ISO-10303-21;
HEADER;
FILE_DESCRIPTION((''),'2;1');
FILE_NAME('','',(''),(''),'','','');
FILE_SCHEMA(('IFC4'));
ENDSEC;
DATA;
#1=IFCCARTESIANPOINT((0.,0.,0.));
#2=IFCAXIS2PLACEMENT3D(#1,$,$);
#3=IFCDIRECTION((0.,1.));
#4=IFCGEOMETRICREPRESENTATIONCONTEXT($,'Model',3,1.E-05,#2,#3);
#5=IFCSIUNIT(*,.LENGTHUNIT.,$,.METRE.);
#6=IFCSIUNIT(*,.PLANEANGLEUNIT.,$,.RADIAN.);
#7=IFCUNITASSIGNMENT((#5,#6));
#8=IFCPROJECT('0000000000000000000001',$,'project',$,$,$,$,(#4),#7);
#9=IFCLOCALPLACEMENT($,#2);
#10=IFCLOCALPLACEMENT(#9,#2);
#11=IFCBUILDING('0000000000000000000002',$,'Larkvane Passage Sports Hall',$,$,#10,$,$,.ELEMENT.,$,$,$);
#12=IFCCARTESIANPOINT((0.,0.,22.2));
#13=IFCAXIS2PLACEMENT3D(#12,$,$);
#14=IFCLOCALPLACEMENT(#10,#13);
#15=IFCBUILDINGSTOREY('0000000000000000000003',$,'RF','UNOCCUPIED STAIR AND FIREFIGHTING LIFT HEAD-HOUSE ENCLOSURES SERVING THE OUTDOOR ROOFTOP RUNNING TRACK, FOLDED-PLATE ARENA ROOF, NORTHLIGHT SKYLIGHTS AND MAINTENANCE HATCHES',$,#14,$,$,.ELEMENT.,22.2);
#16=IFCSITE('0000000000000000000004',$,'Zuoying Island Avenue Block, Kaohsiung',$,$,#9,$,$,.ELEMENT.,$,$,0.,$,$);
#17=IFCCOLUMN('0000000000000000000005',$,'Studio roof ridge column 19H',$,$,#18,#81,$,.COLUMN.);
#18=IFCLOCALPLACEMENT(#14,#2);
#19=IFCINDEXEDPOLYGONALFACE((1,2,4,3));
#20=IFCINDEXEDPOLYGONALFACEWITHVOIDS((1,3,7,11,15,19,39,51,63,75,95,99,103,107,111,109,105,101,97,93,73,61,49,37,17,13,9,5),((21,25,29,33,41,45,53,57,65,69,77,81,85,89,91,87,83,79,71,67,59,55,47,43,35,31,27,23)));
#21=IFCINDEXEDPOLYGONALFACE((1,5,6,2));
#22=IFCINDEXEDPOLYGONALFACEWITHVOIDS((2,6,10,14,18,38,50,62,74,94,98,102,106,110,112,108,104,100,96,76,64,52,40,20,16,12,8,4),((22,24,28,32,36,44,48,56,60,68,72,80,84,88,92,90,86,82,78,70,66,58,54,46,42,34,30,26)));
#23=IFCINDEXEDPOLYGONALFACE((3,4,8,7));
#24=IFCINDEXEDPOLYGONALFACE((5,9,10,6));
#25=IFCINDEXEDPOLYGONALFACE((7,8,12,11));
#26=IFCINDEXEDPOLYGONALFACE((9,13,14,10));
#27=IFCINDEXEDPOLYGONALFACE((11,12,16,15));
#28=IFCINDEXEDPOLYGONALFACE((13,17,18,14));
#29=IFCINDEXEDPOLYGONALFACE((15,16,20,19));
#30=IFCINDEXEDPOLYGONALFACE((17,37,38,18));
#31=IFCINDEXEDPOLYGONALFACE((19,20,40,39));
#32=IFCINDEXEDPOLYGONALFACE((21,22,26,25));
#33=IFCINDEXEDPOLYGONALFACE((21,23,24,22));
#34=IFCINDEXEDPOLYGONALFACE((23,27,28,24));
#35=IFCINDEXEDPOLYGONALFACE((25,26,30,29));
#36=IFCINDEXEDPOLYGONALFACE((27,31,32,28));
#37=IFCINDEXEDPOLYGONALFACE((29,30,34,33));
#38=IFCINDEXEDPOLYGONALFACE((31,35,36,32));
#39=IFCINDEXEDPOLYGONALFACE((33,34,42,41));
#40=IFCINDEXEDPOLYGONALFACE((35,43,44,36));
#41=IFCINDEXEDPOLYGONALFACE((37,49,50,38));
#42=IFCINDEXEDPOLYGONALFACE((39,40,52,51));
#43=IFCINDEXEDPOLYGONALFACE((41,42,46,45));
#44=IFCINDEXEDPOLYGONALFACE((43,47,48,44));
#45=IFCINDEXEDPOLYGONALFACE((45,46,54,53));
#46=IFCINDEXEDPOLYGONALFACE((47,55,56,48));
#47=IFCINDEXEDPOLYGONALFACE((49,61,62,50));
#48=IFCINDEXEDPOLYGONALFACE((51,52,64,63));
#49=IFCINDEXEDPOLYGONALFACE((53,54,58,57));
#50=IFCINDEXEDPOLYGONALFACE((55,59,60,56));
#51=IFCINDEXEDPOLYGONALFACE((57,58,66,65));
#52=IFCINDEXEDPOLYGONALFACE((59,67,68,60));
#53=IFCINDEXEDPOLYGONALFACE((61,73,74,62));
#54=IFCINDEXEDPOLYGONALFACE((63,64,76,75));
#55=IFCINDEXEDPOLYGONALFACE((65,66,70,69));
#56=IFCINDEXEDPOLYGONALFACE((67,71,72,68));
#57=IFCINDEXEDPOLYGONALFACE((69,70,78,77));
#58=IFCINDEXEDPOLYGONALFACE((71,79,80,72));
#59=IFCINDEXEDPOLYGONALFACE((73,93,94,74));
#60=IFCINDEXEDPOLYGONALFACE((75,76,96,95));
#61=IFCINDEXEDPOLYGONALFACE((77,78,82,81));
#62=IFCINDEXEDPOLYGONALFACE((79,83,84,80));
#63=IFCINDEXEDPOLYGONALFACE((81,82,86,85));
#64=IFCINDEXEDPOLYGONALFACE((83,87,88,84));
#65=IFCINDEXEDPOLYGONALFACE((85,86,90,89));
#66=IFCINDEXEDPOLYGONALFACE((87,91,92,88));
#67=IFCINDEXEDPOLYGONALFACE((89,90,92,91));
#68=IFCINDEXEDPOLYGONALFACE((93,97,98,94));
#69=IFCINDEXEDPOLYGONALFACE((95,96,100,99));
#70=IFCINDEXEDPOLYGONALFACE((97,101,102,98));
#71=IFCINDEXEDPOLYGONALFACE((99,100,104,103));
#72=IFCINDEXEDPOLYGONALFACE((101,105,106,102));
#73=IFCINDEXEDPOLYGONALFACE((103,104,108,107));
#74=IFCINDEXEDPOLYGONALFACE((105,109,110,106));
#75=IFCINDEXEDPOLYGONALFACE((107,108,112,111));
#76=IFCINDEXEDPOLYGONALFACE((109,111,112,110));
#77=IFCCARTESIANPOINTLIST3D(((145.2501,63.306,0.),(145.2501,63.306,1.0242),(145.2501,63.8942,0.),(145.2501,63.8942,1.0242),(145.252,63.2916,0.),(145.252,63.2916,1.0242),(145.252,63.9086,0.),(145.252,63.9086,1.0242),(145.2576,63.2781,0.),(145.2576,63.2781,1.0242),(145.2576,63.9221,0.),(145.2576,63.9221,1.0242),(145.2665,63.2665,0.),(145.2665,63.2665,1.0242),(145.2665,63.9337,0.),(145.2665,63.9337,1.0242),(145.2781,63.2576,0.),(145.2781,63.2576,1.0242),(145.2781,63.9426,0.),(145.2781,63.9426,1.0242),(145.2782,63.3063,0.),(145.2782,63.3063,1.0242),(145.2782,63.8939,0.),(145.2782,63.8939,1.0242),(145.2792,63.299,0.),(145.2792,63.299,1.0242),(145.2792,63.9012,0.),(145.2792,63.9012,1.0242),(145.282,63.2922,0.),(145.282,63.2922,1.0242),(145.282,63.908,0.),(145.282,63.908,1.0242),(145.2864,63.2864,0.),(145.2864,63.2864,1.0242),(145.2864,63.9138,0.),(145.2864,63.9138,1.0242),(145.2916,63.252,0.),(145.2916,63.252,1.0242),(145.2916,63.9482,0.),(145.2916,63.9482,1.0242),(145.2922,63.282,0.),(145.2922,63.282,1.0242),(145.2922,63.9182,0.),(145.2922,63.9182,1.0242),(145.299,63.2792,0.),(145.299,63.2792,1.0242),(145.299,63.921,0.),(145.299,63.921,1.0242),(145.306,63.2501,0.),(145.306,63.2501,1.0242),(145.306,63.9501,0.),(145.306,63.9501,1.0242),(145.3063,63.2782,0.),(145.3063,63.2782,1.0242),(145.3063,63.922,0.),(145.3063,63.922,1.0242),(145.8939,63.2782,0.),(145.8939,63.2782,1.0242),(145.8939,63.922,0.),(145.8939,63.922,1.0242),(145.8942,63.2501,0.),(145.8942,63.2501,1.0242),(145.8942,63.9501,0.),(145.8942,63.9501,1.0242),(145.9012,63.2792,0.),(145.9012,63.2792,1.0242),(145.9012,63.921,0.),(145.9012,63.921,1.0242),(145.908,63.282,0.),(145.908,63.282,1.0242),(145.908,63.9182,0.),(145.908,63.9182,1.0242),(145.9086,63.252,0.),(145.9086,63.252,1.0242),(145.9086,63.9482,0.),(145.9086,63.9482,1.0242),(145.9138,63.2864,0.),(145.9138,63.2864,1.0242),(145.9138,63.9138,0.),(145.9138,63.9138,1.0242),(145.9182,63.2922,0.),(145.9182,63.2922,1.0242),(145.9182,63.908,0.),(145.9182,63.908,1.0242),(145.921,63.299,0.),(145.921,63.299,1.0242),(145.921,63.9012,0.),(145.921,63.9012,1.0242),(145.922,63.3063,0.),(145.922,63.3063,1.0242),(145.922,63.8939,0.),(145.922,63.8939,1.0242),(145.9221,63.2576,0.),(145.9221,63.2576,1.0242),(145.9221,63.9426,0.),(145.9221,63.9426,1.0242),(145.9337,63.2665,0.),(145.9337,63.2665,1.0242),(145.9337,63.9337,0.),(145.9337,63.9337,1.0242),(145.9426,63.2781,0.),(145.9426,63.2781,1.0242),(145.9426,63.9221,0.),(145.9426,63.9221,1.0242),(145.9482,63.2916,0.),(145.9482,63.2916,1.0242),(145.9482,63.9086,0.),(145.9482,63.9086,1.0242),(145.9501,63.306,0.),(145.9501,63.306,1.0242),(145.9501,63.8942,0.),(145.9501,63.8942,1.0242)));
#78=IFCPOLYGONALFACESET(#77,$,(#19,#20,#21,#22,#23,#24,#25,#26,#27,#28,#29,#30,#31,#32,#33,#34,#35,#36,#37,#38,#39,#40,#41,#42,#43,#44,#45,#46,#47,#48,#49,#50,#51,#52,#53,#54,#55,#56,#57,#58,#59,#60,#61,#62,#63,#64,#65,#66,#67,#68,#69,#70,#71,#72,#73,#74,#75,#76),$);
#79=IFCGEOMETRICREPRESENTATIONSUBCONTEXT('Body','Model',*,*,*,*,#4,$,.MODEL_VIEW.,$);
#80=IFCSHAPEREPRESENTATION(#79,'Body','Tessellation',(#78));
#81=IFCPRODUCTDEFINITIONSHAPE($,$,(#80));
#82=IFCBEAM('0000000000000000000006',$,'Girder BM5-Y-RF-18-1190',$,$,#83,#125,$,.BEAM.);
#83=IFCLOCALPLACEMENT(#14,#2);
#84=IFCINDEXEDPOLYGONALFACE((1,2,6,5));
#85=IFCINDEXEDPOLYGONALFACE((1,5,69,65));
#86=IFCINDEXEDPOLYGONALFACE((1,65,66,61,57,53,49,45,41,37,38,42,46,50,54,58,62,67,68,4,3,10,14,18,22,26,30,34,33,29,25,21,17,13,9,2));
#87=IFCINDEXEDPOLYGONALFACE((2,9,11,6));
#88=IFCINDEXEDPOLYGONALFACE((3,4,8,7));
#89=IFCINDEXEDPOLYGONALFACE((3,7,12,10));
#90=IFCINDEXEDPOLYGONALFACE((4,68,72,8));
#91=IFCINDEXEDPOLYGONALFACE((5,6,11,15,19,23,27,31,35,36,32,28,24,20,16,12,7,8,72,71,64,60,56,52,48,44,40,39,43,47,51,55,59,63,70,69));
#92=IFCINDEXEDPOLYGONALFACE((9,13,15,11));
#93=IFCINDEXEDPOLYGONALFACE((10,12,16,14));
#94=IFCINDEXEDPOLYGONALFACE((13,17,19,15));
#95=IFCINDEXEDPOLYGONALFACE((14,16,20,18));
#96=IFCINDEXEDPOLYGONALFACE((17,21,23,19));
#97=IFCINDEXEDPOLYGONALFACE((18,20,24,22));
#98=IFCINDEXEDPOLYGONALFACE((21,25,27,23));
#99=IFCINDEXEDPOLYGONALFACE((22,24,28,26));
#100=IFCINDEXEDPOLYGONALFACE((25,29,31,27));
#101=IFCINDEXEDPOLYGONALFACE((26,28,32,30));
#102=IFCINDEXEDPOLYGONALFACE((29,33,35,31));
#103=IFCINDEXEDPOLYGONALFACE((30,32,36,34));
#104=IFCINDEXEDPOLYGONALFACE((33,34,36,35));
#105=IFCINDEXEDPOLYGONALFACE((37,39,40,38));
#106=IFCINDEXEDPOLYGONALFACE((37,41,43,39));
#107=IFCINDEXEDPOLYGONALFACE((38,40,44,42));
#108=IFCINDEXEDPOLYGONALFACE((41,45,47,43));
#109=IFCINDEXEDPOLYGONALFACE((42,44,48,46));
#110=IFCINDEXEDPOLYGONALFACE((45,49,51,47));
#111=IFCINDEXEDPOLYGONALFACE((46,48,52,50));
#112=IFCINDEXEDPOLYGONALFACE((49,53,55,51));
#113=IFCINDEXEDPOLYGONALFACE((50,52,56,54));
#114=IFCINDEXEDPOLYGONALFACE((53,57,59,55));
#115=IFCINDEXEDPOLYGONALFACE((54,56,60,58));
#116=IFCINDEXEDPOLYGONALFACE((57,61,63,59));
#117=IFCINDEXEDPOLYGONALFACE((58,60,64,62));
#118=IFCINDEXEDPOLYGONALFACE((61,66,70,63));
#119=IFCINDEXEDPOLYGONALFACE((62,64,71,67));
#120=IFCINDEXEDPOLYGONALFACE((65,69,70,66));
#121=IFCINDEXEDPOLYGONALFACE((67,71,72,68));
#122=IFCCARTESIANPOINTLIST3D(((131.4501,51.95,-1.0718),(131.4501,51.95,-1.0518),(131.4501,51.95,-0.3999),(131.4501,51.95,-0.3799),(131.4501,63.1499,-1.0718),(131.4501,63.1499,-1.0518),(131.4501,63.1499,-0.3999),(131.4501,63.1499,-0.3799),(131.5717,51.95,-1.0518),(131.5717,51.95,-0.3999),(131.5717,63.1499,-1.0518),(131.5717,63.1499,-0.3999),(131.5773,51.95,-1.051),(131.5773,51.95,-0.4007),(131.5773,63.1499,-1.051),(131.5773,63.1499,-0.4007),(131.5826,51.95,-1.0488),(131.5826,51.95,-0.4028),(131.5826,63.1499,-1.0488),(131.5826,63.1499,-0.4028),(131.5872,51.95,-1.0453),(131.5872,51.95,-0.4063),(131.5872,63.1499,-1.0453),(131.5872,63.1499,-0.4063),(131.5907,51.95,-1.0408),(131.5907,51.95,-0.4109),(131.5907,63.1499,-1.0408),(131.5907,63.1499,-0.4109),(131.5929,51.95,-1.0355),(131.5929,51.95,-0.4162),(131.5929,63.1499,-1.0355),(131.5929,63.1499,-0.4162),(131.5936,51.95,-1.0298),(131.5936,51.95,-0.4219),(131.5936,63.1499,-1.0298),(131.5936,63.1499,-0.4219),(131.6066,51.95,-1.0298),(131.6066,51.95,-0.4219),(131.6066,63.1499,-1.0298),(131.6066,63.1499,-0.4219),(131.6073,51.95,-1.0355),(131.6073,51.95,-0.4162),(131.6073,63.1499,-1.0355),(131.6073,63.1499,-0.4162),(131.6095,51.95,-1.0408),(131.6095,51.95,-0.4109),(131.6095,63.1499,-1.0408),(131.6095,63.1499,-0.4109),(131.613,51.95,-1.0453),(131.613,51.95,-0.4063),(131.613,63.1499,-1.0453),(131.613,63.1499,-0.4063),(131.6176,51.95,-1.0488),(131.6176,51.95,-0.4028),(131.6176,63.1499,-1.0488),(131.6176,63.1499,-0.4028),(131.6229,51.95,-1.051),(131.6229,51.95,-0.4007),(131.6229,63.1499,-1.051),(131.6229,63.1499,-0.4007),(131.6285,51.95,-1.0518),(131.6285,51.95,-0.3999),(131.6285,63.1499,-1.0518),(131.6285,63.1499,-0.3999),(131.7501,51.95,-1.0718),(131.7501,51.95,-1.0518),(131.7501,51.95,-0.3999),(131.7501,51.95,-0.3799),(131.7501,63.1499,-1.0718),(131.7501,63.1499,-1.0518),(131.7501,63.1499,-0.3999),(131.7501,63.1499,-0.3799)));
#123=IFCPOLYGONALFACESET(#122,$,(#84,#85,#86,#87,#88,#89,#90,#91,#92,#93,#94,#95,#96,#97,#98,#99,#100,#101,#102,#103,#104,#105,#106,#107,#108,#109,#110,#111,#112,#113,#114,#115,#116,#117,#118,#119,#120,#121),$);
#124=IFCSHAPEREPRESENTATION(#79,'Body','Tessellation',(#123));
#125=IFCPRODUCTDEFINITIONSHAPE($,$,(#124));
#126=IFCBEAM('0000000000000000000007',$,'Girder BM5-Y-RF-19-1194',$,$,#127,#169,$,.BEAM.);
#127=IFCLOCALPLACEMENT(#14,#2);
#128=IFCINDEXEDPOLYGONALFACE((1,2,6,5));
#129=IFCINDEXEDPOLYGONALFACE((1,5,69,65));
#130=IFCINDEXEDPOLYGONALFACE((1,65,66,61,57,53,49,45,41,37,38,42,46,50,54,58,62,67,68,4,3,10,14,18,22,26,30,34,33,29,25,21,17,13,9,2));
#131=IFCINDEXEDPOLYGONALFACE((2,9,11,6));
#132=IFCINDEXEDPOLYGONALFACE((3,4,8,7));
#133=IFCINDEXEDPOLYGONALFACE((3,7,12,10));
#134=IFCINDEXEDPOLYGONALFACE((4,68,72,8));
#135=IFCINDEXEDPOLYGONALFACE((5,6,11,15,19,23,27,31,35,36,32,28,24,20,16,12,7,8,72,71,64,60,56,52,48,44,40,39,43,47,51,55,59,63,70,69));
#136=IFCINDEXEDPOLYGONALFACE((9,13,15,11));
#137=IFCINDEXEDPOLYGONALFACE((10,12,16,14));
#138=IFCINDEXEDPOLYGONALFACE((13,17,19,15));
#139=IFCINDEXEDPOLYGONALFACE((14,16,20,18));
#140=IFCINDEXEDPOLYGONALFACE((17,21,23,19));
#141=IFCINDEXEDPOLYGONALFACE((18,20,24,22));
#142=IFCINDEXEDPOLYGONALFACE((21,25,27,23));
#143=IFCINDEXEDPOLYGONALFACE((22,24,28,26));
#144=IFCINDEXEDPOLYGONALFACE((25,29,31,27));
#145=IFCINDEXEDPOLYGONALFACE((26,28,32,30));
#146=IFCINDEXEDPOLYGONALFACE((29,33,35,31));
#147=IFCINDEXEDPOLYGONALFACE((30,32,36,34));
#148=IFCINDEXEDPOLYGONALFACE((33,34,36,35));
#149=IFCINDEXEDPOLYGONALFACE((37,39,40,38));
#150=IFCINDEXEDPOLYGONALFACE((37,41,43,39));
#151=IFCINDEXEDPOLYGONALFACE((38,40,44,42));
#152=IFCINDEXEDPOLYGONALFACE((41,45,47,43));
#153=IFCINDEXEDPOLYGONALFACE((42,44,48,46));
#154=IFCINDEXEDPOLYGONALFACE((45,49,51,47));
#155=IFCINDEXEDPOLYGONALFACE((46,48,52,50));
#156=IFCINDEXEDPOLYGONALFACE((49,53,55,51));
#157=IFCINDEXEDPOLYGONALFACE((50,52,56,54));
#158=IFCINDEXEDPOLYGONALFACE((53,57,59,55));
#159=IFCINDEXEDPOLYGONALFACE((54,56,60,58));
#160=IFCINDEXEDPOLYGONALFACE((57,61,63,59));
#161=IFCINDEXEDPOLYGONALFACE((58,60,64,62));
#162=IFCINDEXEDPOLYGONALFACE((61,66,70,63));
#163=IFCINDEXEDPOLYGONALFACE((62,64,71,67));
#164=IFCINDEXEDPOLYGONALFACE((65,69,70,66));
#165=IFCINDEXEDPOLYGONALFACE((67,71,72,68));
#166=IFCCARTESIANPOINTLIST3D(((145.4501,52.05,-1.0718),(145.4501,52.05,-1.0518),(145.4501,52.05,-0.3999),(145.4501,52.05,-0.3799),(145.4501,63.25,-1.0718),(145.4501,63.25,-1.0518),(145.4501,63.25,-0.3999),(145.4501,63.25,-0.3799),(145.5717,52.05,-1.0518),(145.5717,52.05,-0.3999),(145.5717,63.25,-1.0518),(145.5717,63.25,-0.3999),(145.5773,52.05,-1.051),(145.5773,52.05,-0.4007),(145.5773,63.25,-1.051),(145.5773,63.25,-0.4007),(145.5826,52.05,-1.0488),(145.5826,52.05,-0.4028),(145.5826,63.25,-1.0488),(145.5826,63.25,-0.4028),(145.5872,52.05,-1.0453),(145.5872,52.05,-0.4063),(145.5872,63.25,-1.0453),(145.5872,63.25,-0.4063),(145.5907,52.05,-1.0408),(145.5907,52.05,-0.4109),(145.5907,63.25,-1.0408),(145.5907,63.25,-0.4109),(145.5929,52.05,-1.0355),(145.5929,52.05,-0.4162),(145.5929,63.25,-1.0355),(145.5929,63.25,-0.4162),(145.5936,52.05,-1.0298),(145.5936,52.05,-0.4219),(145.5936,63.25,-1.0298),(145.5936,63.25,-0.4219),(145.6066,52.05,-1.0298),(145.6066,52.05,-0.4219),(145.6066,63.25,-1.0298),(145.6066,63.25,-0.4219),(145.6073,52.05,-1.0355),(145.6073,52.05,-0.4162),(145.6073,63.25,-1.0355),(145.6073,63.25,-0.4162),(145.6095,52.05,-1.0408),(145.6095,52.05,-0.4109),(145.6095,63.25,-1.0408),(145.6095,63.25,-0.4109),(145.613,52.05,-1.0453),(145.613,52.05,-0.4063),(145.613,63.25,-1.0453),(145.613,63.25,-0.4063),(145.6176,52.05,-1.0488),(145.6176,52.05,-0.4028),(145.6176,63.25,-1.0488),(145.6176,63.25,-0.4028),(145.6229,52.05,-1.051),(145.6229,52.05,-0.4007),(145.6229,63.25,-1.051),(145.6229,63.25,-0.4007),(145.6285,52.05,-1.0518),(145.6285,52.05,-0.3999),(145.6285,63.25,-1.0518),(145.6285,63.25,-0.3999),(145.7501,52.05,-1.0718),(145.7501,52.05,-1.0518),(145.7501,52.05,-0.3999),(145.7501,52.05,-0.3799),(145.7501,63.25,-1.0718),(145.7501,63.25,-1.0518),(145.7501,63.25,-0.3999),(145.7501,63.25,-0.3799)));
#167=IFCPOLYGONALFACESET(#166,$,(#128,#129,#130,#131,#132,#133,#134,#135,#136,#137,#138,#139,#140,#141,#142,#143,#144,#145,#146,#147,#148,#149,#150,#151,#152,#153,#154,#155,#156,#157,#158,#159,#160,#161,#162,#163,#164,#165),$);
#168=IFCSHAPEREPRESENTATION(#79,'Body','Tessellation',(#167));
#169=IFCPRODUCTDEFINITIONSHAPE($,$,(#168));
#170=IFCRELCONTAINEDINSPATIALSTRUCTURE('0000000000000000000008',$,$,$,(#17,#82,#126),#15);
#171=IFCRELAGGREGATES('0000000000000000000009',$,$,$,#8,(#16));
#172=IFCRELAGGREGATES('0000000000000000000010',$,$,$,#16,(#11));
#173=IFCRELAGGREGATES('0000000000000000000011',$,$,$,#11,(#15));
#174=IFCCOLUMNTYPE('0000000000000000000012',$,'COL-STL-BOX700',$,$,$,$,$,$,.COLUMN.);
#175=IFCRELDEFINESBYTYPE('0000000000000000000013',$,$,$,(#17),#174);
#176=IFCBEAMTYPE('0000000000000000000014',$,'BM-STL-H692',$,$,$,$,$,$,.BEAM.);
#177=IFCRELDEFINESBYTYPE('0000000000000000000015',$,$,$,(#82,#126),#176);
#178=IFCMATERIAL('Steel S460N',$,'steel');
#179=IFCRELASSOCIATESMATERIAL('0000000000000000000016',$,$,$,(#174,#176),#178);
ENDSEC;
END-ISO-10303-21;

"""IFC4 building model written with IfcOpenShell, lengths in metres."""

from ifc_helpers import new_model, si_unit, direction, frame, origin, origin_2d, place, context, subcontext, project, spatial, hollow_rectangle, i_section, extrude, material, material_profile, profile_set, type_object, element, save


model = new_model("IFC4")

# Units and contexts
model_context = context("Model", 3, precision=1e-05, world=origin(), true_north=direction((0.0, 1.0)))
body_context = subcontext(model_context, "Body", "Model", "MODEL_VIEW")
ifc_project = project(units=[si_unit("LENGTHUNIT", "METRE"), si_unit("PLANEANGLEUNIT", "RADIAN")], contexts=[model_context])

# Site, building, storey
site_placement = place(None, origin())
site = spatial("IfcSite", under=ifc_project, at=site_placement, Name="Zuoying Island Avenue Block, Kaohsiung", CompositionType="ELEMENT", RefElevation=0.0)
building_placement = place(site_placement, origin())
building = spatial("IfcBuilding", under=site, at=building_placement, Name="Larkvane Passage Sports Hall", CompositionType="ELEMENT")
storey_placement = place(building_placement, frame((0.0, 0.0, 22.2)))
storey = spatial("IfcBuildingStorey", under=building, at=storey_placement, Name="RF", Description="UNOCCUPIED STAIR AND FIREFIGHTING LIFT HEAD-HOUSE ENCLOSURES SERVING THE OUTDOOR ROOFTOP RUNNING TRACK, FOLDED-PLATE ARENA ROOF, NORTHLIGHT SKYLIGHTS AND MAINTENANCE HATCHES", CompositionType="ELEMENT", Elevation=22.2)

# Column
ifc_material_1 = material(Name="Steel S460N", Category="steel")
ifc_material_profile_1 = material_profile(ifc_material_1, hollow_rectangle(XDim=0.7, YDim=0.7, WallThickness=0.0281, InnerFilletRadius=0.0281, OuterFilletRadius=0.0559, at=origin_2d()), Name="BOX-700x700x28")
ifc_profile_set_1 = profile_set([ifc_material_profile_1], Name="Steel S460N")
column_type = type_object("IfcColumnType", Name="COL-STL-BOX700", PredefinedType="COLUMN", material=ifc_profile_set_1)
column_placement = place(storey_placement, frame((145.6001, 63.6001, 0.0), z_axis=(0.0, 0.0, 1.0), x_axis=(1.0, 0.0, 0.0)))
element("IfcColumn", 1, at=column_placement, inside=storey, type_object=column_type, Name="Studio roof ridge column 19H", PredefinedType="COLUMN", context=body_context, shape_type="SweptSolid", body=[
    extrude(hollow_rectangle(XDim=0.7, YDim=0.7, WallThickness=0.0281, InnerFilletRadius=0.0281, OuterFilletRadius=0.0559, at=origin_2d()), origin(), (0.0, 0.0, 1.0), 1.0242),
])

# Beams
ifc_material_profile_2 = material_profile(ifc_material_1, i_section(OverallWidth=0.3, OverallDepth=0.6919, WebThickness=0.0129, FlangeThickness=0.02, FilletRadius=0.022, at=origin_2d()), Name="H-692x300x13x20")
ifc_profile_set_2 = profile_set([ifc_material_profile_2], Name="Steel S460N")
beam_type_1 = type_object("IfcBeamType", Name="BM-STL-H692", PredefinedType="BEAM", material=ifc_profile_set_2)
for number, where, z_axis, x_axis, name in (
    (2, (131.6001, 51.95, -0.7258), (0.0, 1.0, 0.0), (-1.0, 0.0, 0.0), "Girder BM5-Y-RF-18-1190"),
    (3, (145.6001, 52.05, -0.7258), (0.0, 1.0, 0.0), (-1.0, 0.0, 0.0), "Girder BM5-Y-RF-19-1194"),
):
    element("IfcBeam", number, at=place(storey_placement, frame(where, z_axis=z_axis, x_axis=x_axis)), inside=storey, type_object=beam_type_1, Name=name, PredefinedType="BEAM", context=body_context, shape_type="SweptSolid", body=[
        extrude(i_section(OverallWidth=0.3, OverallDepth=0.6919, WebThickness=0.0129, FlangeThickness=0.02, FilletRadius=0.022, at=origin_2d()), origin(), (0.0, 0.0, 1.0), 11.2),
    ])

save(model, "model.ifc")
